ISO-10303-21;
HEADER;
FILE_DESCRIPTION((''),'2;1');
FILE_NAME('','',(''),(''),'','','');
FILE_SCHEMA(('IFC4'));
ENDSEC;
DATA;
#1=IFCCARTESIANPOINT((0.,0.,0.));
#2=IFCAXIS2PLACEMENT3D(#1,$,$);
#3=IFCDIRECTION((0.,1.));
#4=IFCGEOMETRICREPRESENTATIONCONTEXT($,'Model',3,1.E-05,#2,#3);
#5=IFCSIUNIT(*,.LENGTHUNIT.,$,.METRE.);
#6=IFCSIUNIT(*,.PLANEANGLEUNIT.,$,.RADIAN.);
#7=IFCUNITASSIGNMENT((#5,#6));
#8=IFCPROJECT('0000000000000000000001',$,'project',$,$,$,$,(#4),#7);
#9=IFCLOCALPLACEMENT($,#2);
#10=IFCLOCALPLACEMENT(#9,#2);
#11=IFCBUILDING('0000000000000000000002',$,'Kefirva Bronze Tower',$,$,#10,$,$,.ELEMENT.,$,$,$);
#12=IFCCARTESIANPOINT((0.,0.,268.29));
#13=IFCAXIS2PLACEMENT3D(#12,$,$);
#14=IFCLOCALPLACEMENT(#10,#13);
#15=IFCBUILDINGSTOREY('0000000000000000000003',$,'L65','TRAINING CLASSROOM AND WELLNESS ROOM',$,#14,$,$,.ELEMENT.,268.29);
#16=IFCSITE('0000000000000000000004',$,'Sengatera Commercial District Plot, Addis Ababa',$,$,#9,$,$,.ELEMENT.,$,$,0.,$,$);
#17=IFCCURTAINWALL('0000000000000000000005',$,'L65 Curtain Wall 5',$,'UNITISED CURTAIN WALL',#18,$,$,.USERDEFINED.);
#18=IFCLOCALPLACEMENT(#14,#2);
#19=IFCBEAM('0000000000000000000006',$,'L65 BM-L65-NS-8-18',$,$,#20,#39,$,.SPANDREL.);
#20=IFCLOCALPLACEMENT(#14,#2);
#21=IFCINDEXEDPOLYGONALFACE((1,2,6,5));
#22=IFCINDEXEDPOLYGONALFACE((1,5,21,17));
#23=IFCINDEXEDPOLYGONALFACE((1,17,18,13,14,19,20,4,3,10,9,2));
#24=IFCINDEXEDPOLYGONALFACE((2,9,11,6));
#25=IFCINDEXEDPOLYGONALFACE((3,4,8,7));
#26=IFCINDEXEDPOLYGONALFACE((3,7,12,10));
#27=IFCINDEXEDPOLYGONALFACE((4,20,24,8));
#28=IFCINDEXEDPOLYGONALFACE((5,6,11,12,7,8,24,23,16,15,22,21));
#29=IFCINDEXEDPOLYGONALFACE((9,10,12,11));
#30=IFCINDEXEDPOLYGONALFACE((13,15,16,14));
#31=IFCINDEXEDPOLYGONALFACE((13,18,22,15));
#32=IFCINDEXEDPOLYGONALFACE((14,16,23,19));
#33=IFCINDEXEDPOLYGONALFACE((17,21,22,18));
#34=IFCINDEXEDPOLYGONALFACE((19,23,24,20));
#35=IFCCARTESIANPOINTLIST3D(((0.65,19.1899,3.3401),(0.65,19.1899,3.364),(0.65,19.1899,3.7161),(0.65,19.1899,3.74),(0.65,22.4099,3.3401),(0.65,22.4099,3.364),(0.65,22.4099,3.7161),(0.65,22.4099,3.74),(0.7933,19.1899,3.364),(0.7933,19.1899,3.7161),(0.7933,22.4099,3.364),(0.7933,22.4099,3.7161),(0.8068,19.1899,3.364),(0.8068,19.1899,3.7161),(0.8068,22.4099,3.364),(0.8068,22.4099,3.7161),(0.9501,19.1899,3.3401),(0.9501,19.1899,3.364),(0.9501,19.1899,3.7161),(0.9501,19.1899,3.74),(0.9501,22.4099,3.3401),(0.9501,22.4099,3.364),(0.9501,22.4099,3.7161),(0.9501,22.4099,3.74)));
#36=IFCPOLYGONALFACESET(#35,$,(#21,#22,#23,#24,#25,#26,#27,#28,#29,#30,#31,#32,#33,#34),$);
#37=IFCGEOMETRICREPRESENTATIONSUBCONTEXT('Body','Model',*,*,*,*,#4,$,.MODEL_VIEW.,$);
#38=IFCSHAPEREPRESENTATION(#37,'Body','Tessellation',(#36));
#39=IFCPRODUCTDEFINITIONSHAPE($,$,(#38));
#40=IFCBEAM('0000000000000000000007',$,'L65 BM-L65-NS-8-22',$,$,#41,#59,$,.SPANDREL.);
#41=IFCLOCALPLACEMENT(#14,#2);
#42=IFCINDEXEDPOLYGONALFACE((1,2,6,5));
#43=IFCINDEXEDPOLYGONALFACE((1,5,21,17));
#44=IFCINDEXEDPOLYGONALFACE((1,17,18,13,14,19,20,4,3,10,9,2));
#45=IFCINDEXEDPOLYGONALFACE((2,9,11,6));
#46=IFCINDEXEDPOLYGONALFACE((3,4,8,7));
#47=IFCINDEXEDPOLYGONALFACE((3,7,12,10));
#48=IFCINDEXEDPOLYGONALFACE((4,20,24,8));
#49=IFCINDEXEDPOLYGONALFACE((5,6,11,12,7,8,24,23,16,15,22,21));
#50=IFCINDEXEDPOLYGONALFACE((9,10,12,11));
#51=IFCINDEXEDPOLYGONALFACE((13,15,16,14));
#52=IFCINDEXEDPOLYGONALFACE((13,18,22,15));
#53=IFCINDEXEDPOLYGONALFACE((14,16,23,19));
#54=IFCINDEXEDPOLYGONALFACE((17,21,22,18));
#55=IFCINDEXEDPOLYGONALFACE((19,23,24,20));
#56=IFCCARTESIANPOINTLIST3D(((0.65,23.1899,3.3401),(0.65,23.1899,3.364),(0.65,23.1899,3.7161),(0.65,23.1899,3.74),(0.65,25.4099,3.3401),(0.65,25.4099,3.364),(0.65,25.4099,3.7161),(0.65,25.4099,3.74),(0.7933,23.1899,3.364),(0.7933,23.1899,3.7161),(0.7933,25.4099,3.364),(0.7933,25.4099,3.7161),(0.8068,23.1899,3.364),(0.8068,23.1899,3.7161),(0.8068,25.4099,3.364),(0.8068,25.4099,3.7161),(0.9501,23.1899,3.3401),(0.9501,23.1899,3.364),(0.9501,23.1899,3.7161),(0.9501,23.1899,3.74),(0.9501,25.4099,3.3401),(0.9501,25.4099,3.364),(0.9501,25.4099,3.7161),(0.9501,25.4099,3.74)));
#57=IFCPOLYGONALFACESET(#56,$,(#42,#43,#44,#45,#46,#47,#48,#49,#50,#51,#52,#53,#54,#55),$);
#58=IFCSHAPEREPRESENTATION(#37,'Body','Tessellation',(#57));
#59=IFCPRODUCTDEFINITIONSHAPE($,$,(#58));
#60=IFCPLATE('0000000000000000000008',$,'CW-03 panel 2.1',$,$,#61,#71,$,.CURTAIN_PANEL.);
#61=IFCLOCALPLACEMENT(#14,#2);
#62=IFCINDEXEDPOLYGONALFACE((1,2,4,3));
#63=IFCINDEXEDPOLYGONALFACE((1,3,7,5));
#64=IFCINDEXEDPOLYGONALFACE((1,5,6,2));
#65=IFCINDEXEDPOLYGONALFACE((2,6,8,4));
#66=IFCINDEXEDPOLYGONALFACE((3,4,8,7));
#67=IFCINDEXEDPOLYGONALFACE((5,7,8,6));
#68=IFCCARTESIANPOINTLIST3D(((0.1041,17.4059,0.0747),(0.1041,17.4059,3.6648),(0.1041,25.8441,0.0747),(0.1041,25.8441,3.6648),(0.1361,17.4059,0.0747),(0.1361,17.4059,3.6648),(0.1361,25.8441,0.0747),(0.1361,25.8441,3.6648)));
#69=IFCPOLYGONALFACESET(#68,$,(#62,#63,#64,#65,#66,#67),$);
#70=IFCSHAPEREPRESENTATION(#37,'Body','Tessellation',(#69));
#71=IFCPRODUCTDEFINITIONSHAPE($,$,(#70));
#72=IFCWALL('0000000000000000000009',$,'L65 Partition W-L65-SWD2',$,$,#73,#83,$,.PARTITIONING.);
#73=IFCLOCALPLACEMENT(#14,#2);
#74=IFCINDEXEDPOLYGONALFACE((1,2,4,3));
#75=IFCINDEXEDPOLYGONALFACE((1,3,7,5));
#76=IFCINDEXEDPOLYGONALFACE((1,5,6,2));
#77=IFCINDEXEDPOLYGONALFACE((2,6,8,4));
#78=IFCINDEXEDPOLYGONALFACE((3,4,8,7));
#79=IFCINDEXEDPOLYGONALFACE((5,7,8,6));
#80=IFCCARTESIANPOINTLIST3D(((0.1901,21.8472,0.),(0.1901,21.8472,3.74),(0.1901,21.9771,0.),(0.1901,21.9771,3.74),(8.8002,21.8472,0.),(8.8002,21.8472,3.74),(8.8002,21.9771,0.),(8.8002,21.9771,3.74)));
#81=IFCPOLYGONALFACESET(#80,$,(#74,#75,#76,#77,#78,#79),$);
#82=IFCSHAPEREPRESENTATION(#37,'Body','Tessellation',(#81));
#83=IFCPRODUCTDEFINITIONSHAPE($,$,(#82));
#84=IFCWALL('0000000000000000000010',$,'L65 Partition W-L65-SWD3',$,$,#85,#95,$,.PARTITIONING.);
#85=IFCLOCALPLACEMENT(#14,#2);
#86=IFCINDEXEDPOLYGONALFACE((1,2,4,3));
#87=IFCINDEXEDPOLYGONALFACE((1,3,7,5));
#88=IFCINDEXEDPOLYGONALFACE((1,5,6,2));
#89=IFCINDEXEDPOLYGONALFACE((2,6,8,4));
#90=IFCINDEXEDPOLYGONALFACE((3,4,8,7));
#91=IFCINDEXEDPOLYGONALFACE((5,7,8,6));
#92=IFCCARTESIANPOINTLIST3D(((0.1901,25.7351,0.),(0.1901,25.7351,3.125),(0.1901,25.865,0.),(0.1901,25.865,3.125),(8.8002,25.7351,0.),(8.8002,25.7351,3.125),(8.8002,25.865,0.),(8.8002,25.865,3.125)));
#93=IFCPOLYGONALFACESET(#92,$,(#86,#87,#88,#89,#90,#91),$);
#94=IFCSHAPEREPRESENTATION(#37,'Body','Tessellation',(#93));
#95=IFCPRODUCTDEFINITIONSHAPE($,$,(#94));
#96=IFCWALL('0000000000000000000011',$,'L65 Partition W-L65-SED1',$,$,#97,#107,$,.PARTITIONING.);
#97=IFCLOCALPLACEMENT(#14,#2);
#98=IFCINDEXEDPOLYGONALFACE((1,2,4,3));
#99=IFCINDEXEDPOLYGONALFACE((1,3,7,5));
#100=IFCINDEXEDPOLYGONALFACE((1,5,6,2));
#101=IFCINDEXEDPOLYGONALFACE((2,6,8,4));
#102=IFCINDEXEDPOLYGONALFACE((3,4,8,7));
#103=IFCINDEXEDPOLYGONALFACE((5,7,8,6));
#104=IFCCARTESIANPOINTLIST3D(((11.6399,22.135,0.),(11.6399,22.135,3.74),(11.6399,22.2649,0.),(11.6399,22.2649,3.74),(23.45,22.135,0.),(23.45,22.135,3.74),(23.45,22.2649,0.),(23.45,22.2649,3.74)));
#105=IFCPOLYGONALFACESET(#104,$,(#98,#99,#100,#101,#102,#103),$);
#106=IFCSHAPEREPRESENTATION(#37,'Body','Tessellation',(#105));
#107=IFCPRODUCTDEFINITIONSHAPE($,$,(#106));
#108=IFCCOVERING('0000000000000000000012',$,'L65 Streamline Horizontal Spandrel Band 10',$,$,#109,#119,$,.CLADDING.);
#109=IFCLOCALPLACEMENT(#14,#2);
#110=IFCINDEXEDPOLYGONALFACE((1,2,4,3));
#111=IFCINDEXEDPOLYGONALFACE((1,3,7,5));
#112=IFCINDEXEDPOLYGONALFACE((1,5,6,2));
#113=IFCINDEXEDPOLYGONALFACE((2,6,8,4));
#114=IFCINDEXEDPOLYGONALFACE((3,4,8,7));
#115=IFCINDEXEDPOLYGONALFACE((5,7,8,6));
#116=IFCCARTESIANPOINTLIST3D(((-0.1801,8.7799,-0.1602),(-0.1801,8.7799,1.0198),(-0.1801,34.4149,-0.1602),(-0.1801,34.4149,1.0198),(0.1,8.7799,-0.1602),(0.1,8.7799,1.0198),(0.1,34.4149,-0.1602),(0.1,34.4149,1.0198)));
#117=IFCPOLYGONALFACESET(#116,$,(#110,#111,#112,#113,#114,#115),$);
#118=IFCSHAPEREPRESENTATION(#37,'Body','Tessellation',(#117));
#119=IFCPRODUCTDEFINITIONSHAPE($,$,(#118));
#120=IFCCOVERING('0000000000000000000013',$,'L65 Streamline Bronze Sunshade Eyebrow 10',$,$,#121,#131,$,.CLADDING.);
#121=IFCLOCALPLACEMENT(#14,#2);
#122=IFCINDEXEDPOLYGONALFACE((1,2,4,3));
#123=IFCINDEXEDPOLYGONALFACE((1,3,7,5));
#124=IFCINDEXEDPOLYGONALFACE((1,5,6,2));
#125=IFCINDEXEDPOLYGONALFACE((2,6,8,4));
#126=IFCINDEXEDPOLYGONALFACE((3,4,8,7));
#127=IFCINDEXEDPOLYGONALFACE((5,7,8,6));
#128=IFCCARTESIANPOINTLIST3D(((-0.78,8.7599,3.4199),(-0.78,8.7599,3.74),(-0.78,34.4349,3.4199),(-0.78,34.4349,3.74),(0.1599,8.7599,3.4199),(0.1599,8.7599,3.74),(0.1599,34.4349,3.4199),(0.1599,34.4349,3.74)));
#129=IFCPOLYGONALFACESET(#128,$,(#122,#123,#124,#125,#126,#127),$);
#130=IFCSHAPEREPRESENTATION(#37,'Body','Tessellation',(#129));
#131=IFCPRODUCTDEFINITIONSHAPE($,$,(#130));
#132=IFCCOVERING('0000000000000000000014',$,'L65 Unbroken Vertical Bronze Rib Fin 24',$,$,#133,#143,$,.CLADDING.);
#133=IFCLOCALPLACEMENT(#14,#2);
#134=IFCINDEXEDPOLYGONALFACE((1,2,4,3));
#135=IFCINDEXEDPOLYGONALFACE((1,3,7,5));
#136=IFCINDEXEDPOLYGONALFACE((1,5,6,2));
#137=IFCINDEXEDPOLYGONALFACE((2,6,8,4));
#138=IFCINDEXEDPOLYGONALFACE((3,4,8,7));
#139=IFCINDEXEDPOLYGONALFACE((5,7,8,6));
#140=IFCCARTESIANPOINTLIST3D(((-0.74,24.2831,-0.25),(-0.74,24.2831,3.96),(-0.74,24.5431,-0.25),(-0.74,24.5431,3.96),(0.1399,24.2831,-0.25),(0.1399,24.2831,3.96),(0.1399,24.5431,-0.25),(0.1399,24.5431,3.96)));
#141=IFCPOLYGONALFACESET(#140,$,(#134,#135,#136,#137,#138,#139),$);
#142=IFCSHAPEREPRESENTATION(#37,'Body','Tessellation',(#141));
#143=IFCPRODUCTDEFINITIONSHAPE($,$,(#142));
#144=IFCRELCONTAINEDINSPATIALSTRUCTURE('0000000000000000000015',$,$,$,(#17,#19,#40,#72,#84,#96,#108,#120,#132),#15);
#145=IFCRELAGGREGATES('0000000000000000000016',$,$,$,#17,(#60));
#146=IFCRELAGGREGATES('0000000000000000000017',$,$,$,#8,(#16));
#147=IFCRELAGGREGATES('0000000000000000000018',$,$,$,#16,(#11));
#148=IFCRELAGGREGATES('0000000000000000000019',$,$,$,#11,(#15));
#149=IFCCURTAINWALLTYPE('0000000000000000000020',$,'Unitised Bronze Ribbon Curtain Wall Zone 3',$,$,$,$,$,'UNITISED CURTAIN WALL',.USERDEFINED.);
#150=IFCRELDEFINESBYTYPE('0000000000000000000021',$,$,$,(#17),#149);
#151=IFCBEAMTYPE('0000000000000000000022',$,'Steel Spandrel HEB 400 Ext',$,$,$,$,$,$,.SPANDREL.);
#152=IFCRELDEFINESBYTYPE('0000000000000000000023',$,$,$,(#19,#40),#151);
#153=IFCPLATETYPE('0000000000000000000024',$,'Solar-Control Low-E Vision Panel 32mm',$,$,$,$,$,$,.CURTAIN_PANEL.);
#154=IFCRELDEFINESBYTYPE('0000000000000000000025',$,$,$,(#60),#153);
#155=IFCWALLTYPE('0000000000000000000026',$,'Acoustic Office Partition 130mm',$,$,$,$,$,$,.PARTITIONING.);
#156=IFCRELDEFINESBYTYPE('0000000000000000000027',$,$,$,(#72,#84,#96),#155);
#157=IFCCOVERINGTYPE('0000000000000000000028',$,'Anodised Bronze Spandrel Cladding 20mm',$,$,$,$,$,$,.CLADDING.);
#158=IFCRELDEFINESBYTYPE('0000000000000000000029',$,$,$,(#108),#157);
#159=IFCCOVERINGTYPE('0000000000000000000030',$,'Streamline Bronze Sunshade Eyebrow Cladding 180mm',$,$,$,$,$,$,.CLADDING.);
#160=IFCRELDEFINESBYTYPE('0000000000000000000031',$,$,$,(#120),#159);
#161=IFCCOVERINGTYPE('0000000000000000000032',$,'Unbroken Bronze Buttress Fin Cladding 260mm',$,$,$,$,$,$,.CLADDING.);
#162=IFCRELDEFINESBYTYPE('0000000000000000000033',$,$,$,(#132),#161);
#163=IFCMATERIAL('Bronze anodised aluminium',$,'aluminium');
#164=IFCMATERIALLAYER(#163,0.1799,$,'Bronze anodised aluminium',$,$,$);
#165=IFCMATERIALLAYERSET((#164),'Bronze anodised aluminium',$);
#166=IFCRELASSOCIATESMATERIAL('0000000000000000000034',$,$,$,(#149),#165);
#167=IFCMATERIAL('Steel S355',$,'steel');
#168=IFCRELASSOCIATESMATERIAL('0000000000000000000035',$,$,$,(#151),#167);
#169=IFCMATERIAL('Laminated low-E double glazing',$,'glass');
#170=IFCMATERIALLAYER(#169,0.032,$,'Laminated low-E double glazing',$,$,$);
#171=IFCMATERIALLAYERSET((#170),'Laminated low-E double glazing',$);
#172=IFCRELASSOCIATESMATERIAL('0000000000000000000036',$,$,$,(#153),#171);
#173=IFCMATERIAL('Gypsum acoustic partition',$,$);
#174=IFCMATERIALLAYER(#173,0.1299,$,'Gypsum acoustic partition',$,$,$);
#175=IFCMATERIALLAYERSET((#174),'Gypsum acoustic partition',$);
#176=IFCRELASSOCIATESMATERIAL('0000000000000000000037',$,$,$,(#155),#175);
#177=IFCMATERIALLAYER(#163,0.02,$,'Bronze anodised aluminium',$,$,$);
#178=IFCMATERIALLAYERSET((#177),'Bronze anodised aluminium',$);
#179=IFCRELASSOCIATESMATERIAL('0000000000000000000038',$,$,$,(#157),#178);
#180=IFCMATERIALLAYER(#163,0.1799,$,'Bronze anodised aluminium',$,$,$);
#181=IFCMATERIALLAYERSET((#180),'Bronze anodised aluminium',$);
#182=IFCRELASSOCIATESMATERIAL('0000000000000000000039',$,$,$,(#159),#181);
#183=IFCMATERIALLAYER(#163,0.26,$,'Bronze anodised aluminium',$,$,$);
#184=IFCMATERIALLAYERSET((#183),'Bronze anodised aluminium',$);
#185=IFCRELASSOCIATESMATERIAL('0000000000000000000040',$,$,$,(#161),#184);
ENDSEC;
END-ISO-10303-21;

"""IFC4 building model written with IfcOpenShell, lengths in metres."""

from ifc_helpers import new_model, si_unit, direction, frame, frame_2d, origin, origin_2d, place, context, subcontext, project, spatial, rectangle, i_section, extrude, material, layer, layer_set, material_profile, profile_set, type_object, element, aggregate, save


model = new_model("IFC4")

# Units and contexts
model_context = context("Model", 3, precision=1e-05, world=origin(), true_north=direction((0.0, 1.0)))
body_context = subcontext(model_context, "Body", "Model", "MODEL_VIEW")
ifc_project = project(units=[si_unit("LENGTHUNIT", "METRE"), si_unit("PLANEANGLEUNIT", "RADIAN")], contexts=[model_context])

# Site, building, storey
site_placement = place(None, origin())
site = spatial("IfcSite", under=ifc_project, at=site_placement, Name="Sengatera Commercial District Plot, Addis Ababa", CompositionType="ELEMENT", RefElevation=0.0)
building_placement = place(site_placement, origin())
building = spatial("IfcBuilding", under=site, at=building_placement, Name="Kefirva Bronze Tower", CompositionType="ELEMENT")
storey_placement = place(building_placement, frame((0.0, 0.0, 268.29)))
storey = spatial("IfcBuildingStorey", under=building, at=storey_placement, Name="L65", Description="TRAINING CLASSROOM AND WELLNESS ROOM", CompositionType="ELEMENT", Elevation=268.29)

# Curtain wall
ifc_material_1 = material(Name="Bronze anodised aluminium", Category="aluminium")
ifc_layer_1 = layer(ifc_material_1, 0.1799, Name="Bronze anodised aluminium")
ifc_layer_set_1 = layer_set([ifc_layer_1], Name="Bronze anodised aluminium")
curtain_wall_type = type_object("IfcCurtainWallType", Name="Unitised Bronze Ribbon Curtain Wall Zone 3", ElementType="UNITISED CURTAIN WALL", PredefinedType="USERDEFINED", material=ifc_layer_set_1)
curtain_wall_placement = place(storey_placement, origin())
curtain_wall = element("IfcCurtainWall", 1, at=curtain_wall_placement, inside=storey, type_object=curtain_wall_type, Name="L65 Curtain Wall 5", ObjectType="UNITISED CURTAIN WALL", PredefinedType="USERDEFINED")

# Beams
ifc_material_2 = material(Name="Steel S355", Category="steel")
ifc_material_profile_1 = material_profile(ifc_material_2, i_section(OverallWidth=0.3, OverallDepth=0.3999, WebThickness=0.0134, FlangeThickness=0.0239, at=origin_2d()), Name="HEB 400")
ifc_profile_set_1 = profile_set([ifc_material_profile_1], Name="Steel S355")
beam_type_1 = type_object("IfcBeamType", Name="Steel Spandrel HEB 400 Ext", PredefinedType="SPANDREL", material=ifc_profile_set_1)
beam_1_placement = place(storey_placement, frame((0.8, 19.1899, 3.54), z_axis=(0.0, 1.0, 0.0), x_axis=(-1.0, 0.0, 0.0)))
element("IfcBeam", 2, at=beam_1_placement, inside=storey, type_object=beam_type_1, Name="L65 BM-L65-NS-8-18", PredefinedType="SPANDREL", context=body_context, shape_type="SweptSolid", body=[
    extrude(i_section(OverallWidth=0.3, OverallDepth=0.3999, WebThickness=0.0134, FlangeThickness=0.0239, at=origin_2d()), origin(), (0.0, 0.0, 1.0), 3.22),
])
beam_2_placement = place(storey_placement, frame((0.8, 23.1899, 3.54), z_axis=(0.0, 1.0, 0.0), x_axis=(-1.0, 0.0, 0.0)))
element("IfcBeam", 3, at=beam_2_placement, inside=storey, type_object=beam_type_1, Name="L65 BM-L65-NS-8-22", PredefinedType="SPANDREL", context=body_context, shape_type="SweptSolid", body=[
    extrude(i_section(OverallWidth=0.3, OverallDepth=0.3999, WebThickness=0.0134, FlangeThickness=0.0239, at=origin_2d()), origin(), (0.0, 0.0, 1.0), 2.22),
])

# Plate
ifc_material_3 = material(Name="Laminated low-E double glazing", Category="glass")
ifc_layer_2 = layer(ifc_material_3, 0.032, Name="Laminated low-E double glazing")
ifc_layer_set_2 = layer_set([ifc_layer_2], Name="Laminated low-E double glazing")
plate_type = type_object("IfcPlateType", Name="Solar-Control Low-E Vision Panel 32mm", PredefinedType="CURTAIN_PANEL", material=ifc_layer_set_2)
plate_placement = place(storey_placement, frame((0.1201, 21.625, 0.0747), z_axis=(0.0, 0.0, 1.0), x_axis=(0.0, -1.0, 0.0)))
plate = element("IfcPlate", 4, at=plate_placement, type_object=plate_type, Name="CW-03 panel 2.1", PredefinedType="CURTAIN_PANEL", context=body_context, shape_type="SweptSolid", body=[
    extrude(rectangle(XDim=8.4382, YDim=0.032, at=origin_2d()), origin(), (0.0, 0.0, 1.0), 3.5901),
])
aggregate(curtain_wall, [plate])

# Walls
ifc_material_4 = material(Name="Gypsum acoustic partition")
ifc_layer_3 = layer(ifc_material_4, 0.1299, Name="Gypsum acoustic partition")
ifc_layer_set_3 = layer_set([ifc_layer_3], Name="Gypsum acoustic partition")
wall_type = type_object("IfcWallType", Name="Acoustic Office Partition 130mm", PredefinedType="PARTITIONING", material=ifc_layer_set_3)
wall_1_placement = place(storey_placement, frame((0.1899, 21.9121, 0.0), z_axis=(0.0, 0.0, 1.0), x_axis=(1.0, 0.0, 0.0)))
element("IfcWall", 5, at=wall_1_placement, inside=storey, type_object=wall_type, Name="L65 Partition W-L65-SWD2", PredefinedType="PARTITIONING", context=body_context, shape_type="SweptSolid", body=[
    extrude(rectangle(XDim=8.6101, YDim=0.1299, at=frame_2d((4.3052, 0.0))), origin(), (0.0, 0.0, 1.0), 3.74),
])
wall_2_placement = place(storey_placement, frame((0.1899, 25.8, 0.0), z_axis=(0.0, 0.0, 1.0), x_axis=(1.0, 0.0, 0.0)))
element("IfcWall", 6, at=wall_2_placement, inside=storey, type_object=wall_type, Name="L65 Partition W-L65-SWD3", PredefinedType="PARTITIONING", context=body_context, shape_type="SweptSolid", body=[
    extrude(rectangle(XDim=8.6101, YDim=0.1299, at=frame_2d((4.3052, 0.0))), origin(), (0.0, 0.0, 1.0), 3.125),
])
wall_3_placement = place(storey_placement, frame((11.6399, 22.2, 0.0), z_axis=(0.0, 0.0, 1.0), x_axis=(1.0, 0.0, 0.0)))
element("IfcWall", 7, at=wall_3_placement, inside=storey, type_object=wall_type, Name="L65 Partition W-L65-SED1", PredefinedType="PARTITIONING", context=body_context, shape_type="SweptSolid", body=[
    extrude(rectangle(XDim=11.8101, YDim=0.1299, at=frame_2d((5.905, 0.0))), origin(), (0.0, 0.0, 1.0), 3.74),
])

# Coverings
ifc_layer_4 = layer(ifc_material_1, 0.02, Name="Bronze anodised aluminium")
ifc_layer_set_4 = layer_set([ifc_layer_4], Name="Bronze anodised aluminium")
covering_type_1 = type_object("IfcCoveringType", Name="Anodised Bronze Spandrel Cladding 20mm", PredefinedType="CLADDING", material=ifc_layer_set_4)
covering_1_placement = place(storey_placement, frame((-0.04, 21.5974, -0.1602), z_axis=(0.0, 0.0, 1.0), x_axis=(0.0, -1.0, 0.0)))
element("IfcCovering", 8, at=covering_1_placement, inside=storey, type_object=covering_type_1, Name="L65 Streamline Horizontal Spandrel Band 10", PredefinedType="CLADDING", context=body_context, shape_type="SweptSolid", body=[
    extrude(rectangle(XDim=25.635, YDim=0.28, at=origin_2d()), origin(), (0.0, 0.0, 1.0), 1.1799),
])
ifc_layer_5 = layer(ifc_material_1, 0.1799, Name="Bronze anodised aluminium")
ifc_layer_set_5 = layer_set([ifc_layer_5], Name="Bronze anodised aluminium")
covering_type_2 = type_object("IfcCoveringType", Name="Streamline Bronze Sunshade Eyebrow Cladding 180mm", PredefinedType="CLADDING", material=ifc_layer_set_5)
covering_2_placement = place(storey_placement, frame((-0.3101, 21.5974, 3.4199), z_axis=(0.0, 0.0, 1.0), x_axis=(0.0, -1.0, 0.0)))
element("IfcCovering", 9, at=covering_2_placement, inside=storey, type_object=covering_type_2, Name="L65 Streamline Bronze Sunshade Eyebrow 10", PredefinedType="CLADDING", context=body_context, shape_type="SweptSolid", body=[
    extrude(rectangle(XDim=25.675, YDim=0.9399, at=origin_2d()), origin(), (0.0, 0.0, 1.0), 0.3201),
])
ifc_layer_6 = layer(ifc_material_1, 0.26, Name="Bronze anodised aluminium")
ifc_layer_set_6 = layer_set([ifc_layer_6], Name="Bronze anodised aluminium")
covering_type_3 = type_object("IfcCoveringType", Name="Unbroken Bronze Buttress Fin Cladding 260mm", PredefinedType="CLADDING", material=ifc_layer_set_6)
covering_3_placement = place(storey_placement, frame((-0.3, 24.4131, -0.25), z_axis=(0.0, 0.0, 1.0), x_axis=(0.0, -1.0, 0.0)))
element("IfcCovering", 10, at=covering_3_placement, inside=storey, type_object=covering_type_3, Name="L65 Unbroken Vertical Bronze Rib Fin 24", PredefinedType="CLADDING", context=body_context, shape_type="SweptSolid", body=[
    extrude(rectangle(XDim=0.26, YDim=0.8799, at=origin_2d()), origin(), (0.0, 0.0, 1.0), 4.21),
])

save(model, "model.ifc")
